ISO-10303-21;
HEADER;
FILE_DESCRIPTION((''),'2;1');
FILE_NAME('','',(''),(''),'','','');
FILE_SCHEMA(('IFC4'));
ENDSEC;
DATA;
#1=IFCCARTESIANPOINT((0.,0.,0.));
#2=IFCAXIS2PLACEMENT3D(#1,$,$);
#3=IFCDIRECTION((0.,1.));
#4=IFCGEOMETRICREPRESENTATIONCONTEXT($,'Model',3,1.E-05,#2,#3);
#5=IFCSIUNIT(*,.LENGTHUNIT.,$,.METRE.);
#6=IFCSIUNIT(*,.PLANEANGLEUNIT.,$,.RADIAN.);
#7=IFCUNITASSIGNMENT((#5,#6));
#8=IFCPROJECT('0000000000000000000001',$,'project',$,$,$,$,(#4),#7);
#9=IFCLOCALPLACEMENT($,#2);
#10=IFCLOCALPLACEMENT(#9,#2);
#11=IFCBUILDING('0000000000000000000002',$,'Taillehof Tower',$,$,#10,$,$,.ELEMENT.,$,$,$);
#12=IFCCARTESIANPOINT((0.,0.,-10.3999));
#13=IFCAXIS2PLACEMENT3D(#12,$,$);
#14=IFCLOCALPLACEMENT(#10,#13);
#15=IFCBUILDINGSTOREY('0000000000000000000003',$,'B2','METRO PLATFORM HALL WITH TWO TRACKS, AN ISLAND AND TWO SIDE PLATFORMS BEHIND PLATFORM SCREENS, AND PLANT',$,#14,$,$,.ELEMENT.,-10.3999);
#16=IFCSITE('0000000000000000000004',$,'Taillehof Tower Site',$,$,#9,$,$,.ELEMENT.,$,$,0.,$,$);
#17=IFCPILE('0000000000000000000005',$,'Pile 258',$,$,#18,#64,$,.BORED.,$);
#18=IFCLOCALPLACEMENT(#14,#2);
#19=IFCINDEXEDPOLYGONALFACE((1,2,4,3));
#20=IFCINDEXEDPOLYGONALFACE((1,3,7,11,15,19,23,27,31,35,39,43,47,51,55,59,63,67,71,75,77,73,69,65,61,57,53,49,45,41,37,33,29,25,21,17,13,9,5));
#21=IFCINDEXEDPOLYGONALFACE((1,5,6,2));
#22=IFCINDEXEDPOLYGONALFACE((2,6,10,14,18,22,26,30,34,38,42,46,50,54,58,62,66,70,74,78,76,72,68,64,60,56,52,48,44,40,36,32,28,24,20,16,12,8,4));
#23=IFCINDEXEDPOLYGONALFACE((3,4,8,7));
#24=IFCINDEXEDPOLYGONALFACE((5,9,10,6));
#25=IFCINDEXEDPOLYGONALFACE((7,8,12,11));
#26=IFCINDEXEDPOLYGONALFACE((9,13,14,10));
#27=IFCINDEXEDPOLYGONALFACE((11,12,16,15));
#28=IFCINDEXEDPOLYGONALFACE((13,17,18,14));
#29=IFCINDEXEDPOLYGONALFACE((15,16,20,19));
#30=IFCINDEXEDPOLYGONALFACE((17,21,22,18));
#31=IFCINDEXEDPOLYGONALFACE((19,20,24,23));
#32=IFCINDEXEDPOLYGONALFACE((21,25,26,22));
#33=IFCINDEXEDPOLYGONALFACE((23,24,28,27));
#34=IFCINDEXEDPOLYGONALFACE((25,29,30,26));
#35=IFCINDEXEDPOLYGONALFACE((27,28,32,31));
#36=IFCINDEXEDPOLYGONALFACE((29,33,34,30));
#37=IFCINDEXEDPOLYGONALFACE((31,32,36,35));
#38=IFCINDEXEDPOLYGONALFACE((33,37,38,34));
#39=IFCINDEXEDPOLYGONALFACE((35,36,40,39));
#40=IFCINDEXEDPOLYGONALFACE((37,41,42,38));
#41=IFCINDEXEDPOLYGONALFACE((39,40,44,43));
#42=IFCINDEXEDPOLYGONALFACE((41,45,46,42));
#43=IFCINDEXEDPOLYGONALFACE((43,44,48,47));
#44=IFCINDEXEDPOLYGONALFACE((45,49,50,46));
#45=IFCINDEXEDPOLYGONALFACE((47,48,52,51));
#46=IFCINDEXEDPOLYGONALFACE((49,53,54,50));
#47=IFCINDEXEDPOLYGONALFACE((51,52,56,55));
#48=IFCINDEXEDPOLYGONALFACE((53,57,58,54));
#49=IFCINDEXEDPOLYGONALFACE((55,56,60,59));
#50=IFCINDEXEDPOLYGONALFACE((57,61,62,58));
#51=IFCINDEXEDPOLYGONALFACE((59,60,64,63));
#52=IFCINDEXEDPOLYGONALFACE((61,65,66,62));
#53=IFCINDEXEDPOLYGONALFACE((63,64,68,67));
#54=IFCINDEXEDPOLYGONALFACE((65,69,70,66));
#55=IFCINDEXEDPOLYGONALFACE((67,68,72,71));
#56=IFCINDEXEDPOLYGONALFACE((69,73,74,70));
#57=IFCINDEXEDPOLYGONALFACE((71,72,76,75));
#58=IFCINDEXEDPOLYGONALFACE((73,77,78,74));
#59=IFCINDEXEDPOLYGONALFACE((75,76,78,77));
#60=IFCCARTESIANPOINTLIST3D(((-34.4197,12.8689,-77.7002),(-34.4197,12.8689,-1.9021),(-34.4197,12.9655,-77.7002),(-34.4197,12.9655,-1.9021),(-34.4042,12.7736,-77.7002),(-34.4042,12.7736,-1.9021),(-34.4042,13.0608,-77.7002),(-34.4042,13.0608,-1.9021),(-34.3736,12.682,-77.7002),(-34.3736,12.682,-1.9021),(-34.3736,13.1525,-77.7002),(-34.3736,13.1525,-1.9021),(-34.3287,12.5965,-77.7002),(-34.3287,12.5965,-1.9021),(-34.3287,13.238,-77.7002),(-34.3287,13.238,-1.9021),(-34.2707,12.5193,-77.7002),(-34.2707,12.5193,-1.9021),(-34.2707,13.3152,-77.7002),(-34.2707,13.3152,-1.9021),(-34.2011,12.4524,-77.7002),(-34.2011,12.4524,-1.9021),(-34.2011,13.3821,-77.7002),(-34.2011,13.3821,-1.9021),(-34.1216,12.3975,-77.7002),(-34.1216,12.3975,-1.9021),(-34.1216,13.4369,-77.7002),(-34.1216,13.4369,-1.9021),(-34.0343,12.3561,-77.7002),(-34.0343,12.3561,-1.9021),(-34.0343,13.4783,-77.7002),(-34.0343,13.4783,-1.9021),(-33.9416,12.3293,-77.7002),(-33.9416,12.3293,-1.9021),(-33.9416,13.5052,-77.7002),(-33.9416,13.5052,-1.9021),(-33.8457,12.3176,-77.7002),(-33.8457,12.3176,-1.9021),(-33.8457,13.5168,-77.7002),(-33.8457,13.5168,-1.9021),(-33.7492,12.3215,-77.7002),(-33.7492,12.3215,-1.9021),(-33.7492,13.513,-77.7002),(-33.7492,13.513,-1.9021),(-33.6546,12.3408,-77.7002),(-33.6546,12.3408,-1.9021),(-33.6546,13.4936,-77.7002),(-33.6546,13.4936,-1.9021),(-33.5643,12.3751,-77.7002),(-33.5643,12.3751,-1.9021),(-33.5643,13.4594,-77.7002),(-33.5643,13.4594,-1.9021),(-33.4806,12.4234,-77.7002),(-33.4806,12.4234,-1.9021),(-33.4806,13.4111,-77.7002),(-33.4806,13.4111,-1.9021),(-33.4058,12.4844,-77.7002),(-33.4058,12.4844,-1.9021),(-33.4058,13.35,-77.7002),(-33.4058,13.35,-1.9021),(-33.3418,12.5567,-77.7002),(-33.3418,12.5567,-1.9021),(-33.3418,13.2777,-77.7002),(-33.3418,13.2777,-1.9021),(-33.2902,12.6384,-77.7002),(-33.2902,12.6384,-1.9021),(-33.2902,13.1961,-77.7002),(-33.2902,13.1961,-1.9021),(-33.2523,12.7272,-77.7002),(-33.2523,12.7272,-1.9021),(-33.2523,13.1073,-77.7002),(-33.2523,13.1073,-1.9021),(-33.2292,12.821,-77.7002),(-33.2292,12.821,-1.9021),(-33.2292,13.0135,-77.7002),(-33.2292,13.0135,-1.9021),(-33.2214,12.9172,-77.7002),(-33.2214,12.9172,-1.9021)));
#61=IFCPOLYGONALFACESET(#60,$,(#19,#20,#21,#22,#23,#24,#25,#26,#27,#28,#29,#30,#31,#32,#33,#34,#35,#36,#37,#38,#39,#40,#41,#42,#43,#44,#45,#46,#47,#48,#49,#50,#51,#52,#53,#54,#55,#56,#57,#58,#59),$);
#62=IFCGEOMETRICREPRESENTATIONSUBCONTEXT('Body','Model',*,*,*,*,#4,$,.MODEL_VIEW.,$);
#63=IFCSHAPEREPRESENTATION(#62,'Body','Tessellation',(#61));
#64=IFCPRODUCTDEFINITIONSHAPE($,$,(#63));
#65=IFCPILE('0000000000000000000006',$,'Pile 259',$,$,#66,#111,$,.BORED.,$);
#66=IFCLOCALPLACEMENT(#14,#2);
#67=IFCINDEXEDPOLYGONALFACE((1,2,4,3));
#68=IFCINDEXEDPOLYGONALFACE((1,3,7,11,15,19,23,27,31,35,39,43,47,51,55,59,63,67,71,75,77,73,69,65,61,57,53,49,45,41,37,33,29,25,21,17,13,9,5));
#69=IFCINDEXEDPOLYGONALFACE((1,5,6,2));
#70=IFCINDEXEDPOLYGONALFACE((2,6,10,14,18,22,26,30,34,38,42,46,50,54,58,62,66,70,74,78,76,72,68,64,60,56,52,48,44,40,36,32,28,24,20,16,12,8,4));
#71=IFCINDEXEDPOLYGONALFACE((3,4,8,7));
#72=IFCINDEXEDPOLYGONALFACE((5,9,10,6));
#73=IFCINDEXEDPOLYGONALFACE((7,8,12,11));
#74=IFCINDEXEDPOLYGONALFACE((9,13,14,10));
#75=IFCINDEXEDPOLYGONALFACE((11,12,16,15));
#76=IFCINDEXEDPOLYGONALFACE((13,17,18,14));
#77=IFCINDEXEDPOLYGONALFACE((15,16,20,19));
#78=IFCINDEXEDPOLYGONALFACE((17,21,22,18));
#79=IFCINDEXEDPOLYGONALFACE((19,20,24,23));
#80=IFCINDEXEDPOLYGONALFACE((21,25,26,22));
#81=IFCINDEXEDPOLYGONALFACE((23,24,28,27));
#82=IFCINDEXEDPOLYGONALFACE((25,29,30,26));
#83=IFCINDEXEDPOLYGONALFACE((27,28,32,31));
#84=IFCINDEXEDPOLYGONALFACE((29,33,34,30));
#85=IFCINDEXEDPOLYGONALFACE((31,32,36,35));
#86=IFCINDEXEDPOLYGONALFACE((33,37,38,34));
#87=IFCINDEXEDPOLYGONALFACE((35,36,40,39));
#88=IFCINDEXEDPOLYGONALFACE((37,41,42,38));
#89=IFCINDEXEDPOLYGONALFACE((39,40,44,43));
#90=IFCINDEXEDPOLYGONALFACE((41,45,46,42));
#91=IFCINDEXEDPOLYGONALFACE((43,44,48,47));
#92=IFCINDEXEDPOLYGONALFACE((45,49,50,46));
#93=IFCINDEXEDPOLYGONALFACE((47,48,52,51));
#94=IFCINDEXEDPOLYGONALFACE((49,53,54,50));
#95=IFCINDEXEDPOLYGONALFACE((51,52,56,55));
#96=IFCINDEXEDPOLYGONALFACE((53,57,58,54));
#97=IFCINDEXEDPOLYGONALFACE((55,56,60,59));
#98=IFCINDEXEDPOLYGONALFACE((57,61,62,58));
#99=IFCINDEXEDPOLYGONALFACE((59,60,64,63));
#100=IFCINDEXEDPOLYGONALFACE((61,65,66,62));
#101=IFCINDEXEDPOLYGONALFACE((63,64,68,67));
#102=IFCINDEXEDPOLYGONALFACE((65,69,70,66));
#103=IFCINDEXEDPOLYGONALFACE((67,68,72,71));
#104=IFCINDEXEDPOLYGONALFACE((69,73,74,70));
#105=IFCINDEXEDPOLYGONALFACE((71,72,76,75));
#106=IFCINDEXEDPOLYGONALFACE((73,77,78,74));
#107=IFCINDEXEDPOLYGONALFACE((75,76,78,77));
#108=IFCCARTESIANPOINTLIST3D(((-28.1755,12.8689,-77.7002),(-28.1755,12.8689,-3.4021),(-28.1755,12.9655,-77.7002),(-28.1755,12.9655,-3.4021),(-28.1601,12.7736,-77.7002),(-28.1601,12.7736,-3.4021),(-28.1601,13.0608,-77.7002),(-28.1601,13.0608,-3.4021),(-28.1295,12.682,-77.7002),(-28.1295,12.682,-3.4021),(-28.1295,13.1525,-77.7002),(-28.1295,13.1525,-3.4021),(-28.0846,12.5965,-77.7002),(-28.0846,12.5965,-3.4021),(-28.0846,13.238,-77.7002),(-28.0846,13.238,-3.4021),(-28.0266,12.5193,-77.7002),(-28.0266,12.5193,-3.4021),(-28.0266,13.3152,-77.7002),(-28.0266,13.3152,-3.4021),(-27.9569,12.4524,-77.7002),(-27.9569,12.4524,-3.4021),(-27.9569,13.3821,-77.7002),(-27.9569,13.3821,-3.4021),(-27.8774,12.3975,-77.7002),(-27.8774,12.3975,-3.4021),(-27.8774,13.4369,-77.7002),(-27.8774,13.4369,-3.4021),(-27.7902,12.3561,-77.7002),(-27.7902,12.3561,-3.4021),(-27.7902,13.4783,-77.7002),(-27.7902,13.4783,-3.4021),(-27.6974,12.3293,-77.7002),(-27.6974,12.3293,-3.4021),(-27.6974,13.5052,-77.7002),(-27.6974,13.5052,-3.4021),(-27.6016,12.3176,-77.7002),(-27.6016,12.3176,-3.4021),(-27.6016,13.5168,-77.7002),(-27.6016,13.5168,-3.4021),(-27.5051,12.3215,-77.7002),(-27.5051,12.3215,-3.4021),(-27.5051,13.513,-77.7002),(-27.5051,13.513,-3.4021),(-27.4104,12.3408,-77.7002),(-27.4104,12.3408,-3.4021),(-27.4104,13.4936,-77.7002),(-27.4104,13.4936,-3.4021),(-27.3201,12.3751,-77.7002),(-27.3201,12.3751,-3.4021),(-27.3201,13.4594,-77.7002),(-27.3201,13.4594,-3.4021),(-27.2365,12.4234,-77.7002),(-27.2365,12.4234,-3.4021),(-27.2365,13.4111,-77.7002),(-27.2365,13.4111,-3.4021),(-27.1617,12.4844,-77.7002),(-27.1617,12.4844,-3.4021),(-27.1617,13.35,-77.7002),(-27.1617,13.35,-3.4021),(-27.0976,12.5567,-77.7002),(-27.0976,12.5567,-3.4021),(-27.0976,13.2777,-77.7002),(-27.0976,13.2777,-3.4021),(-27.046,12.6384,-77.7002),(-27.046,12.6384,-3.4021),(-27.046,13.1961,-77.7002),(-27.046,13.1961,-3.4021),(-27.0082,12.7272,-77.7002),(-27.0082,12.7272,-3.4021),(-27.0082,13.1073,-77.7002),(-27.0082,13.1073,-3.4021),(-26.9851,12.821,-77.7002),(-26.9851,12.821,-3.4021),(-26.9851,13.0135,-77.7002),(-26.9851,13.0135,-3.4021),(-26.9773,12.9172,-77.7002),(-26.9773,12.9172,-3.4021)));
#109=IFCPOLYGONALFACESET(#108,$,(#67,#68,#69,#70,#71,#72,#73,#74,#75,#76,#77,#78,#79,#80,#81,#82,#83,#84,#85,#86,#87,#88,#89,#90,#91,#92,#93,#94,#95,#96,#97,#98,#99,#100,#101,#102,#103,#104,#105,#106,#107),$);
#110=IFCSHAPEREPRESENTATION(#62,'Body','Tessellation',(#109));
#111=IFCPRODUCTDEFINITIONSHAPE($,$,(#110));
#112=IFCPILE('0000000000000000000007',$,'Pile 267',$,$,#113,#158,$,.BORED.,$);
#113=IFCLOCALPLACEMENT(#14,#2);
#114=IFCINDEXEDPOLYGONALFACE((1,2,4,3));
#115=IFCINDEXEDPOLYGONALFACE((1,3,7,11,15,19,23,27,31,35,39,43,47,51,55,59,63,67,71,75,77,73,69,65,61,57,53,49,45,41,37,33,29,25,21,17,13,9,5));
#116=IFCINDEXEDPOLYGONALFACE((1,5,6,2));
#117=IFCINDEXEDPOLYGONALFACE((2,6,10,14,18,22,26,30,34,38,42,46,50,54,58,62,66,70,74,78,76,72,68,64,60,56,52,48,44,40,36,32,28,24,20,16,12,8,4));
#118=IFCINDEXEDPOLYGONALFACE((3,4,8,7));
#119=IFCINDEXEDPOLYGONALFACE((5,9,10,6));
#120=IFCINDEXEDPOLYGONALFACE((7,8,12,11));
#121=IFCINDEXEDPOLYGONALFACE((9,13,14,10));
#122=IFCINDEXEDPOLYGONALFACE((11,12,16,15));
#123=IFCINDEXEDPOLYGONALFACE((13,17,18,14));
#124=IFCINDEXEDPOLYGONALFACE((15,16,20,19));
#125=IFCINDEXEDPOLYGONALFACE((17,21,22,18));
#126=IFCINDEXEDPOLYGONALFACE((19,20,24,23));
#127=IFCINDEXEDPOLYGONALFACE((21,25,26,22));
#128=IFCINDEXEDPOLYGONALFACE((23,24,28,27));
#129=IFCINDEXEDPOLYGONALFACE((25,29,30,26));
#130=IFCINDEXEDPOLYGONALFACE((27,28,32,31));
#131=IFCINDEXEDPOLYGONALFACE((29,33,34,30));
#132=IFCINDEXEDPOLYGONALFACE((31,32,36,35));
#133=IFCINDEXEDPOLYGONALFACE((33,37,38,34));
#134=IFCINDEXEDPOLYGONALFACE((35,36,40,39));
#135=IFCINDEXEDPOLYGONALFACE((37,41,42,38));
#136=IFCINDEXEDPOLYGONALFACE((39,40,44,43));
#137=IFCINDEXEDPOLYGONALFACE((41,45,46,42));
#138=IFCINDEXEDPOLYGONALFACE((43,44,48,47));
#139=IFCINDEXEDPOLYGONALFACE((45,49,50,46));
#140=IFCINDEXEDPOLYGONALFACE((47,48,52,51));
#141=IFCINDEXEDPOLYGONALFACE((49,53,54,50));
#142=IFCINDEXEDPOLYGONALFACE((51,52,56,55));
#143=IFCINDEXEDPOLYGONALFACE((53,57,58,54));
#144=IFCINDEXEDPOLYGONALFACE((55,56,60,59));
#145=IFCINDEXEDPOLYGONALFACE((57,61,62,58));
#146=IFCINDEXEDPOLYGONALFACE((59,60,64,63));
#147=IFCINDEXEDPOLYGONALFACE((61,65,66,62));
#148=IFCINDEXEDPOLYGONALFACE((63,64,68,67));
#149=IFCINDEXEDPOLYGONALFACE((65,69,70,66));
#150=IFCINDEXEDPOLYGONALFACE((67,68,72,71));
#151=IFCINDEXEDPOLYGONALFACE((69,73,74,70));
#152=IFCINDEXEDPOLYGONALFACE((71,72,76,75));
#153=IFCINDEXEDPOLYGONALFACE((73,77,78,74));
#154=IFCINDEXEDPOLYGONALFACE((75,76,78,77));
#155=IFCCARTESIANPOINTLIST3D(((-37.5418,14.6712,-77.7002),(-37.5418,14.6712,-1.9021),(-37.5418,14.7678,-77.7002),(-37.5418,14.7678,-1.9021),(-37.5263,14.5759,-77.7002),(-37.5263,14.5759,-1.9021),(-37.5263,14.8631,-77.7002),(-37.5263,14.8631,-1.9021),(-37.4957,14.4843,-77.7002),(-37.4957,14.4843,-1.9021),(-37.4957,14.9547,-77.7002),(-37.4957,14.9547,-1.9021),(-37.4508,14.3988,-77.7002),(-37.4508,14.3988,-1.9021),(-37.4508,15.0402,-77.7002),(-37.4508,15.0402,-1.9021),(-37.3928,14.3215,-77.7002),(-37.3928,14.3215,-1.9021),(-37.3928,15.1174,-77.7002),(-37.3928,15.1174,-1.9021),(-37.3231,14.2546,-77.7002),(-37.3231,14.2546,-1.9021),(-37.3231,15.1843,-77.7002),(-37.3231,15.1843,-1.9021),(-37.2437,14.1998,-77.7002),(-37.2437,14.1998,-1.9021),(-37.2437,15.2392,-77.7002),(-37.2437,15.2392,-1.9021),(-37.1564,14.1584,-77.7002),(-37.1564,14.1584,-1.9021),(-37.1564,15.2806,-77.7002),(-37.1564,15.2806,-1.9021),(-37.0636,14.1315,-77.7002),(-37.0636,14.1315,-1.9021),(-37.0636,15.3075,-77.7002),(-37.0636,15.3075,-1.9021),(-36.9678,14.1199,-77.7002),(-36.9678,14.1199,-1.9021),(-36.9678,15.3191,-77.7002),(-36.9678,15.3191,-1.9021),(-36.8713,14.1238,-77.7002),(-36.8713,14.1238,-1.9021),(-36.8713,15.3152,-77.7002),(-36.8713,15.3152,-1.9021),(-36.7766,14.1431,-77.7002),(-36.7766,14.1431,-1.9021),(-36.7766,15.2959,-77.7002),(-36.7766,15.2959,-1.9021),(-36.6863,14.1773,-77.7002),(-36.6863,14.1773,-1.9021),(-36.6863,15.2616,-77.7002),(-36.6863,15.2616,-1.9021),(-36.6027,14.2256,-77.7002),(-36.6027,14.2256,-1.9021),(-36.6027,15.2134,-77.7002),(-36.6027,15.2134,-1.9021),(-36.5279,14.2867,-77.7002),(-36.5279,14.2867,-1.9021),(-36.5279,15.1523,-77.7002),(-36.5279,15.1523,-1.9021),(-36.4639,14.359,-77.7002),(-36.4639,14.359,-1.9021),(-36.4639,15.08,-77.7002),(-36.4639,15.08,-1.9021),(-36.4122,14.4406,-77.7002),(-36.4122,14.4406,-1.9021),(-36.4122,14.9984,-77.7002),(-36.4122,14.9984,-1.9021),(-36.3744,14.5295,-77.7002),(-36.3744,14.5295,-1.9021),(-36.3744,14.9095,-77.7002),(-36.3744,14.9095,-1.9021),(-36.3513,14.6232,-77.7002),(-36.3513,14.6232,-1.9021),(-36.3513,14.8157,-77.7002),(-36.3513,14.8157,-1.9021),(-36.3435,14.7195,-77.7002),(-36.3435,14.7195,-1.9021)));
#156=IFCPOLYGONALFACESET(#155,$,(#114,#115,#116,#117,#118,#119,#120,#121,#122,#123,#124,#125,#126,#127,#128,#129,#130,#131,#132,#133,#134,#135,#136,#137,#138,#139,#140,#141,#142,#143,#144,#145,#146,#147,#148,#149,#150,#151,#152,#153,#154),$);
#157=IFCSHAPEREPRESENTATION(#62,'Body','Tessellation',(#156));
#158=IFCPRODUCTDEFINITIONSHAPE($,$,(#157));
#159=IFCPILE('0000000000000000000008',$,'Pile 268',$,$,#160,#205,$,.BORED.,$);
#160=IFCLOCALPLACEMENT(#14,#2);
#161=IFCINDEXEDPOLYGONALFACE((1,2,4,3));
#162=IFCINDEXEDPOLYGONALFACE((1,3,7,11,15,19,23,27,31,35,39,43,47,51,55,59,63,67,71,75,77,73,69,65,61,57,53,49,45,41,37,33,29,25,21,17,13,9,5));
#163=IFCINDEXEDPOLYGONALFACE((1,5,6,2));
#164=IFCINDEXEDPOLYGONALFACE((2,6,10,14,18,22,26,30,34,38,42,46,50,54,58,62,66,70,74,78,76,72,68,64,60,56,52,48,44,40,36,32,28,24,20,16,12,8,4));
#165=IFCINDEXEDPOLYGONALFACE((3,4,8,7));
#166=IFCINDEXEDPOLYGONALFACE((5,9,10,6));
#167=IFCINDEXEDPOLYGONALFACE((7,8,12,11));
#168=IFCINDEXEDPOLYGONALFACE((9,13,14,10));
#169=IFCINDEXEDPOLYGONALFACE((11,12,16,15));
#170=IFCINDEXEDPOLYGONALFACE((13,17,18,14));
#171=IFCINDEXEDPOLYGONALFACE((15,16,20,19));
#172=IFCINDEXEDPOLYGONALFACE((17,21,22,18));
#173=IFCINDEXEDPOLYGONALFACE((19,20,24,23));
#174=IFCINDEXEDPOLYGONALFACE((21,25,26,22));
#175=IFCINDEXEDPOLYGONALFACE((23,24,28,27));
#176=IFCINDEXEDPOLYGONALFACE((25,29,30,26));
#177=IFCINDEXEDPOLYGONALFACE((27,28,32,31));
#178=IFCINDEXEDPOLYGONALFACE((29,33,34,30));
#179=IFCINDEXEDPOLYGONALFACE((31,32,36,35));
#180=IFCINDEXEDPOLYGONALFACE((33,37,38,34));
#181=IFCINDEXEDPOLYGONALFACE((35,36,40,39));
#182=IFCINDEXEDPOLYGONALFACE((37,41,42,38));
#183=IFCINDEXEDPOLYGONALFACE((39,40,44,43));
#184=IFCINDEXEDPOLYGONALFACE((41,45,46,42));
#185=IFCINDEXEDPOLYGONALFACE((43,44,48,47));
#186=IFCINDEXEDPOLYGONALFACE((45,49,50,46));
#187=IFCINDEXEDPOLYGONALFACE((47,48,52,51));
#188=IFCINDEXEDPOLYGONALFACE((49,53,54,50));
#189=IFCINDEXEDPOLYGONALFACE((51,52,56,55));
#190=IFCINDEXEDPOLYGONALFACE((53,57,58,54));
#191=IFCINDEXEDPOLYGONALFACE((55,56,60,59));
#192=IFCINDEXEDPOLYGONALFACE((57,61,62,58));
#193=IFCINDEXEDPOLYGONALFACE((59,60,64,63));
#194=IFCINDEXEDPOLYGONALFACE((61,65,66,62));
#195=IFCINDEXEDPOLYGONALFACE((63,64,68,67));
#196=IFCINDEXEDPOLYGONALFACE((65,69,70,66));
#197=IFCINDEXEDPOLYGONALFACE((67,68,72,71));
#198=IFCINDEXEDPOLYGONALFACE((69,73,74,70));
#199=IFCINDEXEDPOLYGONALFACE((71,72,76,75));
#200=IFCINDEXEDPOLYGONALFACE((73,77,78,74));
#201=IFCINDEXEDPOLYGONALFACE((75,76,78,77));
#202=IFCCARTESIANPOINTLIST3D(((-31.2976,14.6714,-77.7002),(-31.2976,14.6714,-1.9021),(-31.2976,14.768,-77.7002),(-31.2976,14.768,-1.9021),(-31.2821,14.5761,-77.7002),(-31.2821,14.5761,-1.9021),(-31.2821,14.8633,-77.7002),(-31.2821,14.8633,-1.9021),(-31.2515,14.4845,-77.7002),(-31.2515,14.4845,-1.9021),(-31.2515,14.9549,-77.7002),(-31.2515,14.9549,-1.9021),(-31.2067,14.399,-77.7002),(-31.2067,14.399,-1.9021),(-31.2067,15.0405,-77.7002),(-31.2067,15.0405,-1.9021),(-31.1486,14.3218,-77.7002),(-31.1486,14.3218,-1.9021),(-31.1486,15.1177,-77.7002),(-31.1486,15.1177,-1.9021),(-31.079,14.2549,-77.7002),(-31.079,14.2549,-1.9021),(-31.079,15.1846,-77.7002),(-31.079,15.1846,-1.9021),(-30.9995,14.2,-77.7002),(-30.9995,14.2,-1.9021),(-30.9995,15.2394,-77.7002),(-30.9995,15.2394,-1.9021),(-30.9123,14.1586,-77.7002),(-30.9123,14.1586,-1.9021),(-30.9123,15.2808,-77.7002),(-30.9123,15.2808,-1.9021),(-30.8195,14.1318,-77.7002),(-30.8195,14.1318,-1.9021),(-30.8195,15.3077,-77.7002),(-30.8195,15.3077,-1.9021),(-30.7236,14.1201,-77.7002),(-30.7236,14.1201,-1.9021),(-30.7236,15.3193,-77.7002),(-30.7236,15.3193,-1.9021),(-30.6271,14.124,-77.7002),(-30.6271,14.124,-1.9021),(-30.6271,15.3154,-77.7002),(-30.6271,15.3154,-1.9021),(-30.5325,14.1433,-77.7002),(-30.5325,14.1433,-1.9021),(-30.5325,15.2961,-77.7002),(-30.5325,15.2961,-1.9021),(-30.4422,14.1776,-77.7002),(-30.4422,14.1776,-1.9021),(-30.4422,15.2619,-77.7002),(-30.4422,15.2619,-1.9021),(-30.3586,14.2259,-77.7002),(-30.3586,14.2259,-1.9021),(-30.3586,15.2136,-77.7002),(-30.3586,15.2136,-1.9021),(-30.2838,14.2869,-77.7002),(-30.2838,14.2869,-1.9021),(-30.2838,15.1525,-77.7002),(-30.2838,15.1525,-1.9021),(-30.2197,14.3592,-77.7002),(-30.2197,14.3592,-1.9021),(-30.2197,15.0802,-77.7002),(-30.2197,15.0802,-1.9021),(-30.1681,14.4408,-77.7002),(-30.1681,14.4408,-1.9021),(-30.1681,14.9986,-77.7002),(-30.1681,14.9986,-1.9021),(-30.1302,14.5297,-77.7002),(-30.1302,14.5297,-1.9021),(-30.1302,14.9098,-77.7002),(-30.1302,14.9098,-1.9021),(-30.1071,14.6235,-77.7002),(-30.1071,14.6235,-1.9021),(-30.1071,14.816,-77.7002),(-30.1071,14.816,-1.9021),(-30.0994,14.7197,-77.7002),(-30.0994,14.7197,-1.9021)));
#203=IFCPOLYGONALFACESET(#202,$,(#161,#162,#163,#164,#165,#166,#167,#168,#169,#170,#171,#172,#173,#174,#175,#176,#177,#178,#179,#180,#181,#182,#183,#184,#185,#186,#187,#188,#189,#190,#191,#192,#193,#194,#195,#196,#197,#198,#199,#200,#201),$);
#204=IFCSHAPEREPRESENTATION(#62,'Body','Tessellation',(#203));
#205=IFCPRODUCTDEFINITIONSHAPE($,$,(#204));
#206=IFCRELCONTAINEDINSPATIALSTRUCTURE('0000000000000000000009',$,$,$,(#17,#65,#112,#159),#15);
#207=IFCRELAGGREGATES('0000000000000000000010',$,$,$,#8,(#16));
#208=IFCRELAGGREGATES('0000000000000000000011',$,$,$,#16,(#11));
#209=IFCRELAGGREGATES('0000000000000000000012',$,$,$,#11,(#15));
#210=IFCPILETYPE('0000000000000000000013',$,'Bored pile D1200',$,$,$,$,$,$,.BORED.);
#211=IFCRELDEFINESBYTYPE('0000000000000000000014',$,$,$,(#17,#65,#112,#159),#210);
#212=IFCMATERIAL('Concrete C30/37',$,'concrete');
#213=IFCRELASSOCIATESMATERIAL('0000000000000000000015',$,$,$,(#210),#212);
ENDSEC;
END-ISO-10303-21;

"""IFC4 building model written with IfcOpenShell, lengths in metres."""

from ifc_helpers import new_model, si_unit, direction, frame, origin, origin_2d, place, context, subcontext, project, spatial, circle, extrude, material, material_profile, profile_set, type_object, element, save


model = new_model("IFC4")

# Units and contexts
model_context = context("Model", 3, precision=1e-05, world=origin(), true_north=direction((0.0, 1.0)))
body_context = subcontext(model_context, "Body", "Model", "MODEL_VIEW")
ifc_project = project(units=[si_unit("LENGTHUNIT", "METRE"), si_unit("PLANEANGLEUNIT", "RADIAN")], contexts=[model_context])

# Site, building, storey
site_placement = place(None, origin())
site = spatial("IfcSite", under=ifc_project, at=site_placement, Name="Taillehof Tower Site", CompositionType="ELEMENT", RefElevation=0.0)
building_placement = place(site_placement, origin())
building = spatial("IfcBuilding", under=site, at=building_placement, Name="Taillehof Tower", CompositionType="ELEMENT")
storey_placement = place(building_placement, frame((0.0, 0.0, -10.3999)))
storey = spatial("IfcBuildingStorey", under=building, at=storey_placement, Name="B2", Description="METRO PLATFORM HALL WITH TWO TRACKS, AN ISLAND AND TWO SIDE PLATFORMS BEHIND PLATFORM SCREENS, AND PLANT", CompositionType="ELEMENT", Elevation=-10.3999)

# Piles
ifc_material_1 = material(Name="Concrete C30/37", Category="concrete")
ifc_material_profile_1 = material_profile(ifc_material_1, circle(Radius=0.6001, at=origin_2d()), Name="BP D1200")
ifc_profile_set_1 = profile_set([ifc_material_profile_1], Name="Concrete C30/37")
pile_type = type_object("IfcPileType", Name="Bored pile D1200", PredefinedType="BORED", material=ifc_profile_set_1)
pile_1_placement = place(storey_placement, frame((-33.8215, 12.9172, -1.9021), z_axis=(0.0, 0.0, -1.0), x_axis=(1.0, 0.0, 0.0)))
element("IfcPile", 1, at=pile_1_placement, inside=storey, type_object=pile_type, Name="Pile 258", PredefinedType="BORED", context=body_context, shape_type="SweptSolid", body=[
    extrude(circle(Radius=0.6001, at=origin_2d()), origin(), (0.0, 0.0, 1.0), 75.7981),
])
pile_2_placement = place(storey_placement, frame((-27.5774, 12.9172, -3.4021), z_axis=(0.0, 0.0, -1.0), x_axis=(1.0, 0.0, 0.0)))
element("IfcPile", 2, at=pile_2_placement, inside=storey, type_object=pile_type, Name="Pile 259", PredefinedType="BORED", context=body_context, shape_type="SweptSolid", body=[
    extrude(circle(Radius=0.6001, at=origin_2d()), origin(), (0.0, 0.0, 1.0), 74.2981),
])
for number, where, z_axis, x_axis, name in (
    (3, (-36.9436, 14.7195, -1.9021), (0.0, 0.0, -1.0), (1.0, 0.0, 0.0), "Pile 267"),
    (4, (-30.6995, 14.7197, -1.9021), (0.0, 0.0, -1.0), (1.0, 0.0, 0.0), "Pile 268"),
):
    element("IfcPile", number, at=place(storey_placement, frame(where, z_axis=z_axis, x_axis=x_axis)), inside=storey, type_object=pile_type, Name=name, PredefinedType="BORED", context=body_context, shape_type="SweptSolid", body=[
        extrude(circle(Radius=0.6001, at=origin_2d()), origin(), (0.0, 0.0, 1.0), 75.7981),
    ])

save(model, "model.ifc")
